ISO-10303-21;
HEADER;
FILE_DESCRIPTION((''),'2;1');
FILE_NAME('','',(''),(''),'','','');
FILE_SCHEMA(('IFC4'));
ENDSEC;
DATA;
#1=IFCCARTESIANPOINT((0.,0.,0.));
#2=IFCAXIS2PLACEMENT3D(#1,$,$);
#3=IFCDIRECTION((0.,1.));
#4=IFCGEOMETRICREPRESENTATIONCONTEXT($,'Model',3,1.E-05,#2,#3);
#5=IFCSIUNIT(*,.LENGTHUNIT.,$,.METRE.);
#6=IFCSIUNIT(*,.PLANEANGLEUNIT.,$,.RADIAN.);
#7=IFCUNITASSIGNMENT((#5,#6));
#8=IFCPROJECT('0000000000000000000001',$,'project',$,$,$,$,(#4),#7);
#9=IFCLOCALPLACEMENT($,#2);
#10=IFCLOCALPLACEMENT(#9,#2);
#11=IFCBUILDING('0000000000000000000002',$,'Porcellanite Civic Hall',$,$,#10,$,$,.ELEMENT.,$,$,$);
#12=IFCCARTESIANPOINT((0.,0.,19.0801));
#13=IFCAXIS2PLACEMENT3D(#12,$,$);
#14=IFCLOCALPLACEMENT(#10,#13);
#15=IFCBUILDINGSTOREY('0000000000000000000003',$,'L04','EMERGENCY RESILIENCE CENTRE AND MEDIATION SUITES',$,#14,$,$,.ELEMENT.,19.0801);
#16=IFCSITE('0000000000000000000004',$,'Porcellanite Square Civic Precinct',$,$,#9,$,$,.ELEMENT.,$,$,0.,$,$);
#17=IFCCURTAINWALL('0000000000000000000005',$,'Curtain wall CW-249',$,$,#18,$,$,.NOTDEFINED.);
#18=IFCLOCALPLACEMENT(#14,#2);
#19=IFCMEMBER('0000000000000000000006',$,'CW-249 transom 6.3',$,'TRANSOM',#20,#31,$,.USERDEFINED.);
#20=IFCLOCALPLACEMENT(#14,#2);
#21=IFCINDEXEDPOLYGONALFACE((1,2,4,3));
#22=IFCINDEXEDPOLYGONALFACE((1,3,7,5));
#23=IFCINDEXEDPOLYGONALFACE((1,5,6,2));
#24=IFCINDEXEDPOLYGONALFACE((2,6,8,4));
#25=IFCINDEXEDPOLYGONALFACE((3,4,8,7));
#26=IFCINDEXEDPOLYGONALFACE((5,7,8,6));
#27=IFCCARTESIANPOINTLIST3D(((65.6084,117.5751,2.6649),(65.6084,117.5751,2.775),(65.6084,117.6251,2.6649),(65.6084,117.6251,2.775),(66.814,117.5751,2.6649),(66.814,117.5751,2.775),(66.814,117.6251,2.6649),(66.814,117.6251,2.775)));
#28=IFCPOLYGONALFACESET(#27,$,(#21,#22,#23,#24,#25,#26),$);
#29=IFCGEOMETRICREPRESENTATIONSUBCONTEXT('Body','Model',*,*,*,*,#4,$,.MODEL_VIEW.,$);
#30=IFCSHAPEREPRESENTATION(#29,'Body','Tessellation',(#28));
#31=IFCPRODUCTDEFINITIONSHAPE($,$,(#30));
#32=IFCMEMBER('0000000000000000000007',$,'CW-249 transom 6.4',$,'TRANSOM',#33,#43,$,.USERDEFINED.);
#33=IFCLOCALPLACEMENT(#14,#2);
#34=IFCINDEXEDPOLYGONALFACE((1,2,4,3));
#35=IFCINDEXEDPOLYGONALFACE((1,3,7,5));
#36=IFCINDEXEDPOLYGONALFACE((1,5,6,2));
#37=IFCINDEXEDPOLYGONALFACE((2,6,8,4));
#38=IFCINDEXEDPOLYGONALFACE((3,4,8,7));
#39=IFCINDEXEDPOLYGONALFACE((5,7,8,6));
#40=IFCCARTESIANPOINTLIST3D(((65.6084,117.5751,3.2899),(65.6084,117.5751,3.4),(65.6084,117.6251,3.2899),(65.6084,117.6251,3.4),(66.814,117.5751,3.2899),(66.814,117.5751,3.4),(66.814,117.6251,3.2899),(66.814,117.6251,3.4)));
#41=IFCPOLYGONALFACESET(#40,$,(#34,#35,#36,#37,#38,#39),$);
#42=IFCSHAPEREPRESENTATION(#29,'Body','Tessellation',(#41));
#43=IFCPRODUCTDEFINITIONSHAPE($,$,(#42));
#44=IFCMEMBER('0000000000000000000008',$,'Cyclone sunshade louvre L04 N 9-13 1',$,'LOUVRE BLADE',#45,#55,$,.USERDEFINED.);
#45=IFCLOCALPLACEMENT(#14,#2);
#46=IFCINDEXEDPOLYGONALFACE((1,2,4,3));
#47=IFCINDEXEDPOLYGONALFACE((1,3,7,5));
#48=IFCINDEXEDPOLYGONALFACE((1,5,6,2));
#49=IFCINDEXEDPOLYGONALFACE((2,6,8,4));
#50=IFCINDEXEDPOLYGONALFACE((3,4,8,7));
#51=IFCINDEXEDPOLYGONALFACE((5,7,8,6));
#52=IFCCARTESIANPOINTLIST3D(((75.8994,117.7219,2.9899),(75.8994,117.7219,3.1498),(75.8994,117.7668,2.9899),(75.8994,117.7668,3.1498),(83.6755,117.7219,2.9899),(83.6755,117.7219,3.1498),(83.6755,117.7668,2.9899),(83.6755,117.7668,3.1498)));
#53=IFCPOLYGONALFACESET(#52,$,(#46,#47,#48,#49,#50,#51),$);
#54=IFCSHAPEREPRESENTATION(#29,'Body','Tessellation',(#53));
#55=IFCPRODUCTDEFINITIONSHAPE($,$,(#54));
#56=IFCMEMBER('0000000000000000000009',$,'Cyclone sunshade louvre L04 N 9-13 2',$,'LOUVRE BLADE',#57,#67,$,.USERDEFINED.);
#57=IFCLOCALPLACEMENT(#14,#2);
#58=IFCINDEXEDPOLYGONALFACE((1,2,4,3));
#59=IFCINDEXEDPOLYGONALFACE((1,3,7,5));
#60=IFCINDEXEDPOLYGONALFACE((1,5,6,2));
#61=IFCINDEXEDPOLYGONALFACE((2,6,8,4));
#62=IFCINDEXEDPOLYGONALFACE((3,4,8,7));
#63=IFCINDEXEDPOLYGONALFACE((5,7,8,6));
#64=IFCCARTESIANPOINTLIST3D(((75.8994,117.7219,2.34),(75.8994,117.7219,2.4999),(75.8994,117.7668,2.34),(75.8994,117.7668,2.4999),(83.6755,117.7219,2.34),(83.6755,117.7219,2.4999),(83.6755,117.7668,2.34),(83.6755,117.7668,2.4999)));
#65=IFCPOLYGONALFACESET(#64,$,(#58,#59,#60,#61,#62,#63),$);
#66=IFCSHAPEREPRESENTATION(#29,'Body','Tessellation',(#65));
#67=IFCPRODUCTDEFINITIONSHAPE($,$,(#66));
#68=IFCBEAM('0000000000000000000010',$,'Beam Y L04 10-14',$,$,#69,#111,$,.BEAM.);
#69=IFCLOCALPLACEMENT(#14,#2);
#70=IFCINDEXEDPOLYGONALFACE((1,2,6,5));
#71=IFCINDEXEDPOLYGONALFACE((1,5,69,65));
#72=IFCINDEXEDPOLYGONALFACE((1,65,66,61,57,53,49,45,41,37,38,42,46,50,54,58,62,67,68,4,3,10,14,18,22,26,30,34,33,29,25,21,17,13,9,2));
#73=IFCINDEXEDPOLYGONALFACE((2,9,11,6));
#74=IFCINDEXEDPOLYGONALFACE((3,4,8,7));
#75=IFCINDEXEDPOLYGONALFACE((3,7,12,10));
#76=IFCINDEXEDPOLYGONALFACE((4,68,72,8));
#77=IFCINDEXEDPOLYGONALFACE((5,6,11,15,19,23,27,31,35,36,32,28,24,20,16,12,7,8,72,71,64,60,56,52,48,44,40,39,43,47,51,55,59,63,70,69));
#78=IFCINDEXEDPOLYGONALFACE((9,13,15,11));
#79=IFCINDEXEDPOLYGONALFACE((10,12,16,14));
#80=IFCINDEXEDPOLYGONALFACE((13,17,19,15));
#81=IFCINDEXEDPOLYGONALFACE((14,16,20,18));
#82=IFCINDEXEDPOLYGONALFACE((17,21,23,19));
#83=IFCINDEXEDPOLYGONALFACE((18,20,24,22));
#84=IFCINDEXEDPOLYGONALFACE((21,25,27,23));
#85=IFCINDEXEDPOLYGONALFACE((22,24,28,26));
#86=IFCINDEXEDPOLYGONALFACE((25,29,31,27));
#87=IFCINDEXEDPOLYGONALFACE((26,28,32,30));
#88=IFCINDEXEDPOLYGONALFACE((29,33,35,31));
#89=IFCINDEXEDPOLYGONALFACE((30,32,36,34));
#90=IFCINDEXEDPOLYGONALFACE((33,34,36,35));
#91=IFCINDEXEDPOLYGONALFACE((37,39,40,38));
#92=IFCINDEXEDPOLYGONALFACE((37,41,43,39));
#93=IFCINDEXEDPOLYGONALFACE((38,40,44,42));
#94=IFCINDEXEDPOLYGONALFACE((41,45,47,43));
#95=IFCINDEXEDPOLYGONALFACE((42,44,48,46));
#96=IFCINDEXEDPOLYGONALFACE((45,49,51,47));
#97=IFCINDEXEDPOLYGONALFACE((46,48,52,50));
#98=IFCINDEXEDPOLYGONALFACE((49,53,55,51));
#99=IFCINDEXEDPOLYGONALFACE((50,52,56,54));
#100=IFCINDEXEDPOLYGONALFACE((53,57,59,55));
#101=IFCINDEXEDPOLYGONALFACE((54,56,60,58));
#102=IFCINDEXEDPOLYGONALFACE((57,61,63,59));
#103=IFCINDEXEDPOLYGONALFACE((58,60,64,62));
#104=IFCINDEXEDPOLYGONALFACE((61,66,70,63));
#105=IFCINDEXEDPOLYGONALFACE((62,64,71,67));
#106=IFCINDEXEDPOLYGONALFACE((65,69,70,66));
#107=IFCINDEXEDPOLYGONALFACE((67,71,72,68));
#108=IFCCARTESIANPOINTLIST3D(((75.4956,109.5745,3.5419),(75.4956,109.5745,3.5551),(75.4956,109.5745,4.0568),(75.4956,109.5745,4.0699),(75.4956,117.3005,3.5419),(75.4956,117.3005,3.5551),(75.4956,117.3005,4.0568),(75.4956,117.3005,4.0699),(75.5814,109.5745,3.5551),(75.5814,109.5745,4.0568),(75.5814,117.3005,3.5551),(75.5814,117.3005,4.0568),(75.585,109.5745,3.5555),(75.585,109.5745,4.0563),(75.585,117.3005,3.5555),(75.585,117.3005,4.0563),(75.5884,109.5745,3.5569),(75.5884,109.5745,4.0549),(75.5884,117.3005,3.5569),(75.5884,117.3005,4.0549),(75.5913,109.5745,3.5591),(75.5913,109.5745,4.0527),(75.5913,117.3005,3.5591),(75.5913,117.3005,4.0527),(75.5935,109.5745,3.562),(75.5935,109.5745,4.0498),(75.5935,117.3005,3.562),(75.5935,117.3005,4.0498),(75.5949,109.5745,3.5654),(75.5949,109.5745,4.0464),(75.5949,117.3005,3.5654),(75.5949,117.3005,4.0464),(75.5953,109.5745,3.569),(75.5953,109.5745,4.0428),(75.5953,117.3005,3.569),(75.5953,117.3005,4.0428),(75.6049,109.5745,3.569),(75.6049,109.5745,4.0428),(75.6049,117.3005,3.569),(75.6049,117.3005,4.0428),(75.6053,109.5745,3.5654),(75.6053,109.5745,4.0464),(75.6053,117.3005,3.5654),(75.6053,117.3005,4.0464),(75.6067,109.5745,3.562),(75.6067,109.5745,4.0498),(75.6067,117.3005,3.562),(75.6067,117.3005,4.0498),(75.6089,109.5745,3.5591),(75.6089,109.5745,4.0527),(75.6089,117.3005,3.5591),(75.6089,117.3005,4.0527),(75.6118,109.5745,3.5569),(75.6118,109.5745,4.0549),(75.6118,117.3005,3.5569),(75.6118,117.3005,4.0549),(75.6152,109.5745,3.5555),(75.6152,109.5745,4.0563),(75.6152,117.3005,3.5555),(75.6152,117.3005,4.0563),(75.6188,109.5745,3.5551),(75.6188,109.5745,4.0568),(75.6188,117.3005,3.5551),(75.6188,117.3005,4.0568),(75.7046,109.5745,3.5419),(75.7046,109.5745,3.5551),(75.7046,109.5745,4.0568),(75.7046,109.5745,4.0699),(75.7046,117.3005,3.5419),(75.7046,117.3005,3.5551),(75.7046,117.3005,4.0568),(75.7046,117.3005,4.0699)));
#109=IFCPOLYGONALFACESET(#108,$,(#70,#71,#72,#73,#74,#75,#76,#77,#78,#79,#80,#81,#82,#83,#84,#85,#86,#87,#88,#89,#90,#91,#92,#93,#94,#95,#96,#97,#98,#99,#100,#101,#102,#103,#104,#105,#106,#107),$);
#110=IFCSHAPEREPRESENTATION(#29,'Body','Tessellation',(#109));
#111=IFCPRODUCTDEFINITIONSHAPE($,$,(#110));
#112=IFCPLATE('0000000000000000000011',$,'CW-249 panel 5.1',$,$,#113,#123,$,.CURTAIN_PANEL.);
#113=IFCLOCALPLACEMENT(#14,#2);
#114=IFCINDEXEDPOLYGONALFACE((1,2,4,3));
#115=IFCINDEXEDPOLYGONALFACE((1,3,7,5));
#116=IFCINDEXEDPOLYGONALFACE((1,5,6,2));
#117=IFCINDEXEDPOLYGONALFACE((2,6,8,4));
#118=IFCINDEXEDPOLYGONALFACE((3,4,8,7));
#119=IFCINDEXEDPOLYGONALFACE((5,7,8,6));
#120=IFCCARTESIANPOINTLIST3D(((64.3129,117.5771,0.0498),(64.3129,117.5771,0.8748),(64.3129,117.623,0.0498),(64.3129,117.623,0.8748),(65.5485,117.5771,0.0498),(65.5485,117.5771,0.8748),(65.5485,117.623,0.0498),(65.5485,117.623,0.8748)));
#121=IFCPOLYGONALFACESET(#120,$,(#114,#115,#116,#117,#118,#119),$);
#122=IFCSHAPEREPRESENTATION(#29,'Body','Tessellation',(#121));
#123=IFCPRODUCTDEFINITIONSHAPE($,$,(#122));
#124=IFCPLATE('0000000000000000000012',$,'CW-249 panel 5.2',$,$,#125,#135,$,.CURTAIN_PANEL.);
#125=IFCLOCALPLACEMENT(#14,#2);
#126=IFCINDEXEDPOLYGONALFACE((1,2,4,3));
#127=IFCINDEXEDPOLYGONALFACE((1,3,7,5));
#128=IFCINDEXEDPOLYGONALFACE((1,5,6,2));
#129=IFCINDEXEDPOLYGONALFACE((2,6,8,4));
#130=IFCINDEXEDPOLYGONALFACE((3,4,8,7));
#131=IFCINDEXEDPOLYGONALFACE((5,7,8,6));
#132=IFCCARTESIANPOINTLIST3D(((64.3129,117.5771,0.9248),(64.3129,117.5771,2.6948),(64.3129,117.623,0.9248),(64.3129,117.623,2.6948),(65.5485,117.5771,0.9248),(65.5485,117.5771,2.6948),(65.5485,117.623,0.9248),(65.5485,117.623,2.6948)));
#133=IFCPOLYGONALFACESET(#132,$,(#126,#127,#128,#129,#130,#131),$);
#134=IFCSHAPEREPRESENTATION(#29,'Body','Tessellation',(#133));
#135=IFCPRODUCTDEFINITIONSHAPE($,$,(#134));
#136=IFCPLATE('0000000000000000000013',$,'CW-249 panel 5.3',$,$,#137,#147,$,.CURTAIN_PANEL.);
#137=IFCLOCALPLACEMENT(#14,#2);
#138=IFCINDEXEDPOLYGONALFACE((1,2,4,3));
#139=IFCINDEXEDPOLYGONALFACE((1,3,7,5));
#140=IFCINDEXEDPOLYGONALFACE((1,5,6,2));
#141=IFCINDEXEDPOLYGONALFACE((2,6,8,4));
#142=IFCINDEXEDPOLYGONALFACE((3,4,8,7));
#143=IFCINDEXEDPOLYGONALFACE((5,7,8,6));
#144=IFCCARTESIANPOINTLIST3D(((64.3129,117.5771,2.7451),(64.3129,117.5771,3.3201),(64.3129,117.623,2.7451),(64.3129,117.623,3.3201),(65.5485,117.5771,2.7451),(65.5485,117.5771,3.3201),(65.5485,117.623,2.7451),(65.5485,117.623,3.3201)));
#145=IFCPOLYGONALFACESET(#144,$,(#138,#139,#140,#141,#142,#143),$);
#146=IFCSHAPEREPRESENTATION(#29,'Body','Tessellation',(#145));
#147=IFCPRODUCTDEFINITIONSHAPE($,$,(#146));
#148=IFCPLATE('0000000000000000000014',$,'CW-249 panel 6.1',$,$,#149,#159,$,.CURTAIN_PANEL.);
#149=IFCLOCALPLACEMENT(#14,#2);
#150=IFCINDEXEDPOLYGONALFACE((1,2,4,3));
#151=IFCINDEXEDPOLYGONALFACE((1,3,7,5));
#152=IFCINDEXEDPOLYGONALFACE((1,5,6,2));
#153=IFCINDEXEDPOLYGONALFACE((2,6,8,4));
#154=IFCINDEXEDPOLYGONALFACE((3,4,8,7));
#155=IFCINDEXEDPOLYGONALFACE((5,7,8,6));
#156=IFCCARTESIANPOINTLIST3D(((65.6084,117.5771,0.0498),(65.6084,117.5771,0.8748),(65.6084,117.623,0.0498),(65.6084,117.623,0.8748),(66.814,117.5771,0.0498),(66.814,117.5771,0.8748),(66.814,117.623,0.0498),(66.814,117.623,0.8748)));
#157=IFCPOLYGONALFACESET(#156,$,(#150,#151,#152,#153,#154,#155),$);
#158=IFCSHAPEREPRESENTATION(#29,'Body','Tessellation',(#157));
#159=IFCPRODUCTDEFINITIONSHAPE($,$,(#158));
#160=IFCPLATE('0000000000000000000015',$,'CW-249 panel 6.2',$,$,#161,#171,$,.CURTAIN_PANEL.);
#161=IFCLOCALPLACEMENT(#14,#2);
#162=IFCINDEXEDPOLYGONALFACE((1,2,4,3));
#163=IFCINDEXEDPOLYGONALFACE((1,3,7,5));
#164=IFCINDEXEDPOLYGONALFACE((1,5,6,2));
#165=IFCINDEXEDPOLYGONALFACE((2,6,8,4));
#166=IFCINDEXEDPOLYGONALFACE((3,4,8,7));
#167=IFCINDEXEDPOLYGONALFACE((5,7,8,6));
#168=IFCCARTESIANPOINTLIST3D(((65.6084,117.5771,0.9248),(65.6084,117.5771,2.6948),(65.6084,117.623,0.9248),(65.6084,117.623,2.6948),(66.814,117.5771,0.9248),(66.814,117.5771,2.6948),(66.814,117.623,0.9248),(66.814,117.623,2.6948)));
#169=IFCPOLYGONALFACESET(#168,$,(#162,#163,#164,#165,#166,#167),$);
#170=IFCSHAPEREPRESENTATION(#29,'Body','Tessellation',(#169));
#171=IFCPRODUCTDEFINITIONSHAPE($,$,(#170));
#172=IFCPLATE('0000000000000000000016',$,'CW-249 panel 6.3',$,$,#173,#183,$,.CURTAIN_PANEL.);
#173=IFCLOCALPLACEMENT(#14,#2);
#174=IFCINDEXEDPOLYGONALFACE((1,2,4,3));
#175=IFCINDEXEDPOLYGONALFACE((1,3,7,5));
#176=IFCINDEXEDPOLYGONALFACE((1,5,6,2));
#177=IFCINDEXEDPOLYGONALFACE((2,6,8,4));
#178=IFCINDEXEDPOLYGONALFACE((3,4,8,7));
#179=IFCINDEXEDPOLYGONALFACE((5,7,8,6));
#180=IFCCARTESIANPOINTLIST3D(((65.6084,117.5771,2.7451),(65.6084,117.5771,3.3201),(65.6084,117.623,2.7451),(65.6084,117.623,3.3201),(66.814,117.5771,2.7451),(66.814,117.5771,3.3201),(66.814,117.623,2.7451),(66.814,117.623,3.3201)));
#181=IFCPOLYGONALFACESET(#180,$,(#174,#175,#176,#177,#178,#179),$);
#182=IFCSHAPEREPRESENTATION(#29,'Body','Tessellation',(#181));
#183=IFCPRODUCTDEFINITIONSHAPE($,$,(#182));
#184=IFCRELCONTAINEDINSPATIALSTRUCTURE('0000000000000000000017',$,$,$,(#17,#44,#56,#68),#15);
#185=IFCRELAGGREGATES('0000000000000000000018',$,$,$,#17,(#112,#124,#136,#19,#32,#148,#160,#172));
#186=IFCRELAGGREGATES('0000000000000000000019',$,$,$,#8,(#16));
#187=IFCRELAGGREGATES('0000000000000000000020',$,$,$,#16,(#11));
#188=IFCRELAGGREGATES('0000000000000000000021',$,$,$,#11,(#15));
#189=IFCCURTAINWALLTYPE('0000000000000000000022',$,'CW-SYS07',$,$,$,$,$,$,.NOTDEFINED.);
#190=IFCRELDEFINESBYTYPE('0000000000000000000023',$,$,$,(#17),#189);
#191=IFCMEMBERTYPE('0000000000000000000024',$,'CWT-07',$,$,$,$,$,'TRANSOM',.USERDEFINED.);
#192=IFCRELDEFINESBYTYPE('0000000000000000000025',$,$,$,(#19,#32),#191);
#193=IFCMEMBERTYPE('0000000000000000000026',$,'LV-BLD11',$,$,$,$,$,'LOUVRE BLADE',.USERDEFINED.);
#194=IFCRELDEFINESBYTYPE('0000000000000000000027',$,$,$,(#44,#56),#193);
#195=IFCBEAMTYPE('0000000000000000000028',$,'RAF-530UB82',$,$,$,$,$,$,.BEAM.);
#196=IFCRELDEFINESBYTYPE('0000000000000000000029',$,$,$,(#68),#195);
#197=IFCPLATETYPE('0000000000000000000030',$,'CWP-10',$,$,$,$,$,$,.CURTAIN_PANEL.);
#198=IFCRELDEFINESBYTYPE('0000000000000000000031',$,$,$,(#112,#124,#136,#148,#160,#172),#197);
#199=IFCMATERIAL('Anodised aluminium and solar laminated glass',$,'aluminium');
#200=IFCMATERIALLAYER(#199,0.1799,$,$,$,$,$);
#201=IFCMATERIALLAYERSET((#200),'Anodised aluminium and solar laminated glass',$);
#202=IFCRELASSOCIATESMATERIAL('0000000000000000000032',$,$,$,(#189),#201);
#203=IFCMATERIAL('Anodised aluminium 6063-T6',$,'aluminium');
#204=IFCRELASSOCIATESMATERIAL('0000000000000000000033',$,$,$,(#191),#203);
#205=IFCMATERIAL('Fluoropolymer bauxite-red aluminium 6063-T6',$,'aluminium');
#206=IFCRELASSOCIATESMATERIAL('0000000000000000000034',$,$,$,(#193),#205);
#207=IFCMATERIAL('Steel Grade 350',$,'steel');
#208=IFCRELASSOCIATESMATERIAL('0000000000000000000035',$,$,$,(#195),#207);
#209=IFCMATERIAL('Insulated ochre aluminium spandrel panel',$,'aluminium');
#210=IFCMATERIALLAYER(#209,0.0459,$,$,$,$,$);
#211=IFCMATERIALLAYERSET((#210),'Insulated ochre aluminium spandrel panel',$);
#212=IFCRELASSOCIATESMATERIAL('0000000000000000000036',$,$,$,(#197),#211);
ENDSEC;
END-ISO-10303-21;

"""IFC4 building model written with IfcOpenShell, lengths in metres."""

from ifc_helpers import new_model, si_unit, direction, frame, origin, origin_2d, place, context, subcontext, project, spatial, rectangle, i_section, extrude, material, layer, layer_set, material_profile, profile_set, type_object, element, aggregate, save


model = new_model("IFC4")

# Units and contexts
model_context = context("Model", 3, precision=1e-05, world=origin(), true_north=direction((0.0, 1.0)))
body_context = subcontext(model_context, "Body", "Model", "MODEL_VIEW")
ifc_project = project(units=[si_unit("LENGTHUNIT", "METRE"), si_unit("PLANEANGLEUNIT", "RADIAN")], contexts=[model_context])

# Site, building, storey
site_placement = place(None, origin())
site = spatial("IfcSite", under=ifc_project, at=site_placement, Name="Porcellanite Square Civic Precinct", CompositionType="ELEMENT", RefElevation=0.0)
building_placement = place(site_placement, origin())
building = spatial("IfcBuilding", under=site, at=building_placement, Name="Porcellanite Civic Hall", CompositionType="ELEMENT")
storey_placement = place(building_placement, frame((0.0, 0.0, 19.0801)))
storey = spatial("IfcBuildingStorey", under=building, at=storey_placement, Name="L04", Description="EMERGENCY RESILIENCE CENTRE AND MEDIATION SUITES", CompositionType="ELEMENT", Elevation=19.0801)

# Curtain wall, members
ifc_material_1 = material(Name="Anodised aluminium and solar laminated glass", Category="aluminium")
ifc_layer_1 = layer(ifc_material_1, 0.1799)
ifc_layer_set_1 = layer_set([ifc_layer_1], Name="Anodised aluminium and solar laminated glass")
curtain_wall_type_1 = type_object("IfcCurtainWallType", Name="CW-SYS07", PredefinedType="NOTDEFINED", material=ifc_layer_set_1)
curtain_wall_1_placement = place(storey_placement, origin())
curtain_wall_1 = element("IfcCurtainWall", 1, at=curtain_wall_1_placement, inside=storey, type_object=curtain_wall_type_1, Name="Curtain wall CW-249", PredefinedType="NOTDEFINED")
ifc_material_2 = material(Name="Anodised aluminium 6063-T6", Category="aluminium")
ifc_material_profile_1 = material_profile(ifc_material_2, rectangle(XDim=0.05, YDim=0.1101, at=origin_2d()), Name="AL-50x110")
ifc_profile_set_1 = profile_set([ifc_material_profile_1], Name="Anodised aluminium 6063-T6")
member_type_1 = type_object("IfcMemberType", Name="CWT-07", ElementType="TRANSOM", PredefinedType="USERDEFINED", material=ifc_profile_set_1)
member_1_placement = place(storey_placement, frame((65.6084, 117.6001, 2.72), z_axis=(1.0, 0.0, 0.0), x_axis=(0.0, 1.0, 0.0)))
member_1 = element("IfcMember", 2, at=member_1_placement, type_object=member_type_1, Name="CW-249 transom 6.3", ObjectType="TRANSOM", PredefinedType="USERDEFINED", context=body_context, shape_type="SweptSolid", body=[
    extrude(rectangle(XDim=0.05, YDim=0.1101, at=origin_2d()), origin(), (0.0, 0.0, 1.0), 1.2056),
])
member_2_placement = place(storey_placement, frame((65.6084, 117.6001, 3.345), z_axis=(1.0, 0.0, 0.0), x_axis=(0.0, 1.0, 0.0)))
member_2 = element("IfcMember", 3, at=member_2_placement, type_object=member_type_1, Name="CW-249 transom 6.4", ObjectType="TRANSOM", PredefinedType="USERDEFINED", context=body_context, shape_type="SweptSolid", body=[
    extrude(rectangle(XDim=0.05, YDim=0.1101, at=origin_2d()), origin(), (0.0, 0.0, 1.0), 1.2056),
])

# Members
ifc_material_3 = material(Name="Fluoropolymer bauxite-red aluminium 6063-T6", Category="aluminium")
ifc_material_profile_2 = material_profile(ifc_material_3, rectangle(XDim=0.0449, YDim=0.1599, at=origin_2d()), Name="AL-45x160")
ifc_profile_set_2 = profile_set([ifc_material_profile_2], Name="Fluoropolymer bauxite-red aluminium 6063-T6")
member_type_2 = type_object("IfcMemberType", Name="LV-BLD11", ElementType="LOUVRE BLADE", PredefinedType="USERDEFINED", material=ifc_profile_set_2)
for number, where, z_axis, x_axis, name in (
    (4, (75.8994, 117.7444, 3.0698), (1.0, 0.0, 0.0), (0.0, 1.0, 0.0), "Cyclone sunshade louvre L04 N 9-13 1"),
    (5, (75.8994, 117.7444, 2.4199), (1.0, 0.0, 0.0), (0.0, 1.0, 0.0), "Cyclone sunshade louvre L04 N 9-13 2"),
):
    element("IfcMember", number, at=place(storey_placement, frame(where, z_axis=z_axis, x_axis=x_axis)), inside=storey, type_object=member_type_2, Name=name, ObjectType="LOUVRE BLADE", PredefinedType="USERDEFINED", context=body_context, shape_type="SweptSolid", body=[
        extrude(rectangle(XDim=0.0449, YDim=0.1599, at=origin_2d()), origin(), (0.0, 0.0, 1.0), 7.7761),
    ])

# Beam
ifc_material_4 = material(Name="Steel Grade 350", Category="steel")
ifc_material_profile_3 = material_profile(ifc_material_4, i_section(OverallWidth=0.209, OverallDepth=0.5281, WebThickness=0.0095, FlangeThickness=0.0132, FilletRadius=0.0139, at=origin_2d()), Name="530UB82.0")
ifc_profile_set_3 = profile_set([ifc_material_profile_3], Name="Steel Grade 350")
beam_type_1 = type_object("IfcBeamType", Name="RAF-530UB82", PredefinedType="BEAM", material=ifc_profile_set_3)
beam_1_placement = place(storey_placement, frame((75.6001, 109.5745, 3.8059), z_axis=(0.0, 1.0, 0.0), x_axis=(-1.0, 0.0, 0.0)))
element("IfcBeam", 6, at=beam_1_placement, inside=storey, type_object=beam_type_1, Name="Beam Y L04 10-14", PredefinedType="BEAM", context=body_context, shape_type="SweptSolid", body=[
    extrude(i_section(OverallWidth=0.209, OverallDepth=0.5281, WebThickness=0.0095, FlangeThickness=0.0132, FilletRadius=0.0139, at=origin_2d()), origin(), (0.0, 0.0, 1.0), 7.7261),
])

# Plates
ifc_material_5 = material(Name="Insulated ochre aluminium spandrel panel", Category="aluminium")
ifc_layer_2 = layer(ifc_material_5, 0.0459)
ifc_layer_set_2 = layer_set([ifc_layer_2], Name="Insulated ochre aluminium spandrel panel")
plate_type = type_object("IfcPlateType", Name="CWP-10", PredefinedType="CURTAIN_PANEL", material=ifc_layer_set_2)
plate_1_placement = place(storey_placement, frame((64.9307, 117.6001, 0.0498), z_axis=(0.0, 0.0, 1.0), x_axis=(1.0, 0.0, 0.0)))
plate_1 = element("IfcPlate", 7, at=plate_1_placement, type_object=plate_type, Name="CW-249 panel 5.1", PredefinedType="CURTAIN_PANEL", context=body_context, shape_type="SweptSolid", body=[
    extrude(rectangle(XDim=1.2356, YDim=0.0459, at=origin_2d()), origin(), (0.0, 0.0, 1.0), 0.825),
])
plate_2_placement = place(storey_placement, frame((64.9307, 117.6001, 0.9248), z_axis=(0.0, 0.0, 1.0), x_axis=(1.0, 0.0, 0.0)))
plate_2 = element("IfcPlate", 8, at=plate_2_placement, type_object=plate_type, Name="CW-249 panel 5.2", PredefinedType="CURTAIN_PANEL", context=body_context, shape_type="SweptSolid", body=[
    extrude(rectangle(XDim=1.2356, YDim=0.0459, at=origin_2d()), origin(), (0.0, 0.0, 1.0), 1.77),
])
plate_3_placement = place(storey_placement, frame((64.9307, 117.6001, 2.7451), z_axis=(0.0, 0.0, 1.0), x_axis=(1.0, 0.0, 0.0)))
plate_3 = element("IfcPlate", 9, at=plate_3_placement, type_object=plate_type, Name="CW-249 panel 5.3", PredefinedType="CURTAIN_PANEL", context=body_context, shape_type="SweptSolid", body=[
    extrude(rectangle(XDim=1.2356, YDim=0.0459, at=origin_2d()), origin(), (0.0, 0.0, 1.0), 0.575),
])
plate_4_placement = place(storey_placement, frame((66.2112, 117.6001, 0.0498), z_axis=(0.0, 0.0, 1.0), x_axis=(1.0, 0.0, 0.0)))
plate_4 = element("IfcPlate", 10, at=plate_4_placement, type_object=plate_type, Name="CW-249 panel 6.1", PredefinedType="CURTAIN_PANEL", context=body_context, shape_type="SweptSolid", body=[
    extrude(rectangle(XDim=1.2056, YDim=0.0459, at=origin_2d()), origin(), (0.0, 0.0, 1.0), 0.825),
])
plate_5_placement = place(storey_placement, frame((66.2112, 117.6001, 0.9248), z_axis=(0.0, 0.0, 1.0), x_axis=(1.0, 0.0, 0.0)))
plate_5 = element("IfcPlate", 11, at=plate_5_placement, type_object=plate_type, Name="CW-249 panel 6.2", PredefinedType="CURTAIN_PANEL", context=body_context, shape_type="SweptSolid", body=[
    extrude(rectangle(XDim=1.2056, YDim=0.0459, at=origin_2d()), origin(), (0.0, 0.0, 1.0), 1.77),
])
plate_6_placement = place(storey_placement, frame((66.2112, 117.6001, 2.7451), z_axis=(0.0, 0.0, 1.0), x_axis=(1.0, 0.0, 0.0)))
plate_6 = element("IfcPlate", 12, at=plate_6_placement, type_object=plate_type, Name="CW-249 panel 6.3", PredefinedType="CURTAIN_PANEL", context=body_context, shape_type="SweptSolid", body=[
    extrude(rectangle(XDim=1.2056, YDim=0.0459, at=origin_2d()), origin(), (0.0, 0.0, 1.0), 0.575),
])
aggregate(curtain_wall_1, [plate_1, plate_2, plate_3, member_1, member_2, plate_4, plate_5, plate_6])

save(model, "model.ifc")
